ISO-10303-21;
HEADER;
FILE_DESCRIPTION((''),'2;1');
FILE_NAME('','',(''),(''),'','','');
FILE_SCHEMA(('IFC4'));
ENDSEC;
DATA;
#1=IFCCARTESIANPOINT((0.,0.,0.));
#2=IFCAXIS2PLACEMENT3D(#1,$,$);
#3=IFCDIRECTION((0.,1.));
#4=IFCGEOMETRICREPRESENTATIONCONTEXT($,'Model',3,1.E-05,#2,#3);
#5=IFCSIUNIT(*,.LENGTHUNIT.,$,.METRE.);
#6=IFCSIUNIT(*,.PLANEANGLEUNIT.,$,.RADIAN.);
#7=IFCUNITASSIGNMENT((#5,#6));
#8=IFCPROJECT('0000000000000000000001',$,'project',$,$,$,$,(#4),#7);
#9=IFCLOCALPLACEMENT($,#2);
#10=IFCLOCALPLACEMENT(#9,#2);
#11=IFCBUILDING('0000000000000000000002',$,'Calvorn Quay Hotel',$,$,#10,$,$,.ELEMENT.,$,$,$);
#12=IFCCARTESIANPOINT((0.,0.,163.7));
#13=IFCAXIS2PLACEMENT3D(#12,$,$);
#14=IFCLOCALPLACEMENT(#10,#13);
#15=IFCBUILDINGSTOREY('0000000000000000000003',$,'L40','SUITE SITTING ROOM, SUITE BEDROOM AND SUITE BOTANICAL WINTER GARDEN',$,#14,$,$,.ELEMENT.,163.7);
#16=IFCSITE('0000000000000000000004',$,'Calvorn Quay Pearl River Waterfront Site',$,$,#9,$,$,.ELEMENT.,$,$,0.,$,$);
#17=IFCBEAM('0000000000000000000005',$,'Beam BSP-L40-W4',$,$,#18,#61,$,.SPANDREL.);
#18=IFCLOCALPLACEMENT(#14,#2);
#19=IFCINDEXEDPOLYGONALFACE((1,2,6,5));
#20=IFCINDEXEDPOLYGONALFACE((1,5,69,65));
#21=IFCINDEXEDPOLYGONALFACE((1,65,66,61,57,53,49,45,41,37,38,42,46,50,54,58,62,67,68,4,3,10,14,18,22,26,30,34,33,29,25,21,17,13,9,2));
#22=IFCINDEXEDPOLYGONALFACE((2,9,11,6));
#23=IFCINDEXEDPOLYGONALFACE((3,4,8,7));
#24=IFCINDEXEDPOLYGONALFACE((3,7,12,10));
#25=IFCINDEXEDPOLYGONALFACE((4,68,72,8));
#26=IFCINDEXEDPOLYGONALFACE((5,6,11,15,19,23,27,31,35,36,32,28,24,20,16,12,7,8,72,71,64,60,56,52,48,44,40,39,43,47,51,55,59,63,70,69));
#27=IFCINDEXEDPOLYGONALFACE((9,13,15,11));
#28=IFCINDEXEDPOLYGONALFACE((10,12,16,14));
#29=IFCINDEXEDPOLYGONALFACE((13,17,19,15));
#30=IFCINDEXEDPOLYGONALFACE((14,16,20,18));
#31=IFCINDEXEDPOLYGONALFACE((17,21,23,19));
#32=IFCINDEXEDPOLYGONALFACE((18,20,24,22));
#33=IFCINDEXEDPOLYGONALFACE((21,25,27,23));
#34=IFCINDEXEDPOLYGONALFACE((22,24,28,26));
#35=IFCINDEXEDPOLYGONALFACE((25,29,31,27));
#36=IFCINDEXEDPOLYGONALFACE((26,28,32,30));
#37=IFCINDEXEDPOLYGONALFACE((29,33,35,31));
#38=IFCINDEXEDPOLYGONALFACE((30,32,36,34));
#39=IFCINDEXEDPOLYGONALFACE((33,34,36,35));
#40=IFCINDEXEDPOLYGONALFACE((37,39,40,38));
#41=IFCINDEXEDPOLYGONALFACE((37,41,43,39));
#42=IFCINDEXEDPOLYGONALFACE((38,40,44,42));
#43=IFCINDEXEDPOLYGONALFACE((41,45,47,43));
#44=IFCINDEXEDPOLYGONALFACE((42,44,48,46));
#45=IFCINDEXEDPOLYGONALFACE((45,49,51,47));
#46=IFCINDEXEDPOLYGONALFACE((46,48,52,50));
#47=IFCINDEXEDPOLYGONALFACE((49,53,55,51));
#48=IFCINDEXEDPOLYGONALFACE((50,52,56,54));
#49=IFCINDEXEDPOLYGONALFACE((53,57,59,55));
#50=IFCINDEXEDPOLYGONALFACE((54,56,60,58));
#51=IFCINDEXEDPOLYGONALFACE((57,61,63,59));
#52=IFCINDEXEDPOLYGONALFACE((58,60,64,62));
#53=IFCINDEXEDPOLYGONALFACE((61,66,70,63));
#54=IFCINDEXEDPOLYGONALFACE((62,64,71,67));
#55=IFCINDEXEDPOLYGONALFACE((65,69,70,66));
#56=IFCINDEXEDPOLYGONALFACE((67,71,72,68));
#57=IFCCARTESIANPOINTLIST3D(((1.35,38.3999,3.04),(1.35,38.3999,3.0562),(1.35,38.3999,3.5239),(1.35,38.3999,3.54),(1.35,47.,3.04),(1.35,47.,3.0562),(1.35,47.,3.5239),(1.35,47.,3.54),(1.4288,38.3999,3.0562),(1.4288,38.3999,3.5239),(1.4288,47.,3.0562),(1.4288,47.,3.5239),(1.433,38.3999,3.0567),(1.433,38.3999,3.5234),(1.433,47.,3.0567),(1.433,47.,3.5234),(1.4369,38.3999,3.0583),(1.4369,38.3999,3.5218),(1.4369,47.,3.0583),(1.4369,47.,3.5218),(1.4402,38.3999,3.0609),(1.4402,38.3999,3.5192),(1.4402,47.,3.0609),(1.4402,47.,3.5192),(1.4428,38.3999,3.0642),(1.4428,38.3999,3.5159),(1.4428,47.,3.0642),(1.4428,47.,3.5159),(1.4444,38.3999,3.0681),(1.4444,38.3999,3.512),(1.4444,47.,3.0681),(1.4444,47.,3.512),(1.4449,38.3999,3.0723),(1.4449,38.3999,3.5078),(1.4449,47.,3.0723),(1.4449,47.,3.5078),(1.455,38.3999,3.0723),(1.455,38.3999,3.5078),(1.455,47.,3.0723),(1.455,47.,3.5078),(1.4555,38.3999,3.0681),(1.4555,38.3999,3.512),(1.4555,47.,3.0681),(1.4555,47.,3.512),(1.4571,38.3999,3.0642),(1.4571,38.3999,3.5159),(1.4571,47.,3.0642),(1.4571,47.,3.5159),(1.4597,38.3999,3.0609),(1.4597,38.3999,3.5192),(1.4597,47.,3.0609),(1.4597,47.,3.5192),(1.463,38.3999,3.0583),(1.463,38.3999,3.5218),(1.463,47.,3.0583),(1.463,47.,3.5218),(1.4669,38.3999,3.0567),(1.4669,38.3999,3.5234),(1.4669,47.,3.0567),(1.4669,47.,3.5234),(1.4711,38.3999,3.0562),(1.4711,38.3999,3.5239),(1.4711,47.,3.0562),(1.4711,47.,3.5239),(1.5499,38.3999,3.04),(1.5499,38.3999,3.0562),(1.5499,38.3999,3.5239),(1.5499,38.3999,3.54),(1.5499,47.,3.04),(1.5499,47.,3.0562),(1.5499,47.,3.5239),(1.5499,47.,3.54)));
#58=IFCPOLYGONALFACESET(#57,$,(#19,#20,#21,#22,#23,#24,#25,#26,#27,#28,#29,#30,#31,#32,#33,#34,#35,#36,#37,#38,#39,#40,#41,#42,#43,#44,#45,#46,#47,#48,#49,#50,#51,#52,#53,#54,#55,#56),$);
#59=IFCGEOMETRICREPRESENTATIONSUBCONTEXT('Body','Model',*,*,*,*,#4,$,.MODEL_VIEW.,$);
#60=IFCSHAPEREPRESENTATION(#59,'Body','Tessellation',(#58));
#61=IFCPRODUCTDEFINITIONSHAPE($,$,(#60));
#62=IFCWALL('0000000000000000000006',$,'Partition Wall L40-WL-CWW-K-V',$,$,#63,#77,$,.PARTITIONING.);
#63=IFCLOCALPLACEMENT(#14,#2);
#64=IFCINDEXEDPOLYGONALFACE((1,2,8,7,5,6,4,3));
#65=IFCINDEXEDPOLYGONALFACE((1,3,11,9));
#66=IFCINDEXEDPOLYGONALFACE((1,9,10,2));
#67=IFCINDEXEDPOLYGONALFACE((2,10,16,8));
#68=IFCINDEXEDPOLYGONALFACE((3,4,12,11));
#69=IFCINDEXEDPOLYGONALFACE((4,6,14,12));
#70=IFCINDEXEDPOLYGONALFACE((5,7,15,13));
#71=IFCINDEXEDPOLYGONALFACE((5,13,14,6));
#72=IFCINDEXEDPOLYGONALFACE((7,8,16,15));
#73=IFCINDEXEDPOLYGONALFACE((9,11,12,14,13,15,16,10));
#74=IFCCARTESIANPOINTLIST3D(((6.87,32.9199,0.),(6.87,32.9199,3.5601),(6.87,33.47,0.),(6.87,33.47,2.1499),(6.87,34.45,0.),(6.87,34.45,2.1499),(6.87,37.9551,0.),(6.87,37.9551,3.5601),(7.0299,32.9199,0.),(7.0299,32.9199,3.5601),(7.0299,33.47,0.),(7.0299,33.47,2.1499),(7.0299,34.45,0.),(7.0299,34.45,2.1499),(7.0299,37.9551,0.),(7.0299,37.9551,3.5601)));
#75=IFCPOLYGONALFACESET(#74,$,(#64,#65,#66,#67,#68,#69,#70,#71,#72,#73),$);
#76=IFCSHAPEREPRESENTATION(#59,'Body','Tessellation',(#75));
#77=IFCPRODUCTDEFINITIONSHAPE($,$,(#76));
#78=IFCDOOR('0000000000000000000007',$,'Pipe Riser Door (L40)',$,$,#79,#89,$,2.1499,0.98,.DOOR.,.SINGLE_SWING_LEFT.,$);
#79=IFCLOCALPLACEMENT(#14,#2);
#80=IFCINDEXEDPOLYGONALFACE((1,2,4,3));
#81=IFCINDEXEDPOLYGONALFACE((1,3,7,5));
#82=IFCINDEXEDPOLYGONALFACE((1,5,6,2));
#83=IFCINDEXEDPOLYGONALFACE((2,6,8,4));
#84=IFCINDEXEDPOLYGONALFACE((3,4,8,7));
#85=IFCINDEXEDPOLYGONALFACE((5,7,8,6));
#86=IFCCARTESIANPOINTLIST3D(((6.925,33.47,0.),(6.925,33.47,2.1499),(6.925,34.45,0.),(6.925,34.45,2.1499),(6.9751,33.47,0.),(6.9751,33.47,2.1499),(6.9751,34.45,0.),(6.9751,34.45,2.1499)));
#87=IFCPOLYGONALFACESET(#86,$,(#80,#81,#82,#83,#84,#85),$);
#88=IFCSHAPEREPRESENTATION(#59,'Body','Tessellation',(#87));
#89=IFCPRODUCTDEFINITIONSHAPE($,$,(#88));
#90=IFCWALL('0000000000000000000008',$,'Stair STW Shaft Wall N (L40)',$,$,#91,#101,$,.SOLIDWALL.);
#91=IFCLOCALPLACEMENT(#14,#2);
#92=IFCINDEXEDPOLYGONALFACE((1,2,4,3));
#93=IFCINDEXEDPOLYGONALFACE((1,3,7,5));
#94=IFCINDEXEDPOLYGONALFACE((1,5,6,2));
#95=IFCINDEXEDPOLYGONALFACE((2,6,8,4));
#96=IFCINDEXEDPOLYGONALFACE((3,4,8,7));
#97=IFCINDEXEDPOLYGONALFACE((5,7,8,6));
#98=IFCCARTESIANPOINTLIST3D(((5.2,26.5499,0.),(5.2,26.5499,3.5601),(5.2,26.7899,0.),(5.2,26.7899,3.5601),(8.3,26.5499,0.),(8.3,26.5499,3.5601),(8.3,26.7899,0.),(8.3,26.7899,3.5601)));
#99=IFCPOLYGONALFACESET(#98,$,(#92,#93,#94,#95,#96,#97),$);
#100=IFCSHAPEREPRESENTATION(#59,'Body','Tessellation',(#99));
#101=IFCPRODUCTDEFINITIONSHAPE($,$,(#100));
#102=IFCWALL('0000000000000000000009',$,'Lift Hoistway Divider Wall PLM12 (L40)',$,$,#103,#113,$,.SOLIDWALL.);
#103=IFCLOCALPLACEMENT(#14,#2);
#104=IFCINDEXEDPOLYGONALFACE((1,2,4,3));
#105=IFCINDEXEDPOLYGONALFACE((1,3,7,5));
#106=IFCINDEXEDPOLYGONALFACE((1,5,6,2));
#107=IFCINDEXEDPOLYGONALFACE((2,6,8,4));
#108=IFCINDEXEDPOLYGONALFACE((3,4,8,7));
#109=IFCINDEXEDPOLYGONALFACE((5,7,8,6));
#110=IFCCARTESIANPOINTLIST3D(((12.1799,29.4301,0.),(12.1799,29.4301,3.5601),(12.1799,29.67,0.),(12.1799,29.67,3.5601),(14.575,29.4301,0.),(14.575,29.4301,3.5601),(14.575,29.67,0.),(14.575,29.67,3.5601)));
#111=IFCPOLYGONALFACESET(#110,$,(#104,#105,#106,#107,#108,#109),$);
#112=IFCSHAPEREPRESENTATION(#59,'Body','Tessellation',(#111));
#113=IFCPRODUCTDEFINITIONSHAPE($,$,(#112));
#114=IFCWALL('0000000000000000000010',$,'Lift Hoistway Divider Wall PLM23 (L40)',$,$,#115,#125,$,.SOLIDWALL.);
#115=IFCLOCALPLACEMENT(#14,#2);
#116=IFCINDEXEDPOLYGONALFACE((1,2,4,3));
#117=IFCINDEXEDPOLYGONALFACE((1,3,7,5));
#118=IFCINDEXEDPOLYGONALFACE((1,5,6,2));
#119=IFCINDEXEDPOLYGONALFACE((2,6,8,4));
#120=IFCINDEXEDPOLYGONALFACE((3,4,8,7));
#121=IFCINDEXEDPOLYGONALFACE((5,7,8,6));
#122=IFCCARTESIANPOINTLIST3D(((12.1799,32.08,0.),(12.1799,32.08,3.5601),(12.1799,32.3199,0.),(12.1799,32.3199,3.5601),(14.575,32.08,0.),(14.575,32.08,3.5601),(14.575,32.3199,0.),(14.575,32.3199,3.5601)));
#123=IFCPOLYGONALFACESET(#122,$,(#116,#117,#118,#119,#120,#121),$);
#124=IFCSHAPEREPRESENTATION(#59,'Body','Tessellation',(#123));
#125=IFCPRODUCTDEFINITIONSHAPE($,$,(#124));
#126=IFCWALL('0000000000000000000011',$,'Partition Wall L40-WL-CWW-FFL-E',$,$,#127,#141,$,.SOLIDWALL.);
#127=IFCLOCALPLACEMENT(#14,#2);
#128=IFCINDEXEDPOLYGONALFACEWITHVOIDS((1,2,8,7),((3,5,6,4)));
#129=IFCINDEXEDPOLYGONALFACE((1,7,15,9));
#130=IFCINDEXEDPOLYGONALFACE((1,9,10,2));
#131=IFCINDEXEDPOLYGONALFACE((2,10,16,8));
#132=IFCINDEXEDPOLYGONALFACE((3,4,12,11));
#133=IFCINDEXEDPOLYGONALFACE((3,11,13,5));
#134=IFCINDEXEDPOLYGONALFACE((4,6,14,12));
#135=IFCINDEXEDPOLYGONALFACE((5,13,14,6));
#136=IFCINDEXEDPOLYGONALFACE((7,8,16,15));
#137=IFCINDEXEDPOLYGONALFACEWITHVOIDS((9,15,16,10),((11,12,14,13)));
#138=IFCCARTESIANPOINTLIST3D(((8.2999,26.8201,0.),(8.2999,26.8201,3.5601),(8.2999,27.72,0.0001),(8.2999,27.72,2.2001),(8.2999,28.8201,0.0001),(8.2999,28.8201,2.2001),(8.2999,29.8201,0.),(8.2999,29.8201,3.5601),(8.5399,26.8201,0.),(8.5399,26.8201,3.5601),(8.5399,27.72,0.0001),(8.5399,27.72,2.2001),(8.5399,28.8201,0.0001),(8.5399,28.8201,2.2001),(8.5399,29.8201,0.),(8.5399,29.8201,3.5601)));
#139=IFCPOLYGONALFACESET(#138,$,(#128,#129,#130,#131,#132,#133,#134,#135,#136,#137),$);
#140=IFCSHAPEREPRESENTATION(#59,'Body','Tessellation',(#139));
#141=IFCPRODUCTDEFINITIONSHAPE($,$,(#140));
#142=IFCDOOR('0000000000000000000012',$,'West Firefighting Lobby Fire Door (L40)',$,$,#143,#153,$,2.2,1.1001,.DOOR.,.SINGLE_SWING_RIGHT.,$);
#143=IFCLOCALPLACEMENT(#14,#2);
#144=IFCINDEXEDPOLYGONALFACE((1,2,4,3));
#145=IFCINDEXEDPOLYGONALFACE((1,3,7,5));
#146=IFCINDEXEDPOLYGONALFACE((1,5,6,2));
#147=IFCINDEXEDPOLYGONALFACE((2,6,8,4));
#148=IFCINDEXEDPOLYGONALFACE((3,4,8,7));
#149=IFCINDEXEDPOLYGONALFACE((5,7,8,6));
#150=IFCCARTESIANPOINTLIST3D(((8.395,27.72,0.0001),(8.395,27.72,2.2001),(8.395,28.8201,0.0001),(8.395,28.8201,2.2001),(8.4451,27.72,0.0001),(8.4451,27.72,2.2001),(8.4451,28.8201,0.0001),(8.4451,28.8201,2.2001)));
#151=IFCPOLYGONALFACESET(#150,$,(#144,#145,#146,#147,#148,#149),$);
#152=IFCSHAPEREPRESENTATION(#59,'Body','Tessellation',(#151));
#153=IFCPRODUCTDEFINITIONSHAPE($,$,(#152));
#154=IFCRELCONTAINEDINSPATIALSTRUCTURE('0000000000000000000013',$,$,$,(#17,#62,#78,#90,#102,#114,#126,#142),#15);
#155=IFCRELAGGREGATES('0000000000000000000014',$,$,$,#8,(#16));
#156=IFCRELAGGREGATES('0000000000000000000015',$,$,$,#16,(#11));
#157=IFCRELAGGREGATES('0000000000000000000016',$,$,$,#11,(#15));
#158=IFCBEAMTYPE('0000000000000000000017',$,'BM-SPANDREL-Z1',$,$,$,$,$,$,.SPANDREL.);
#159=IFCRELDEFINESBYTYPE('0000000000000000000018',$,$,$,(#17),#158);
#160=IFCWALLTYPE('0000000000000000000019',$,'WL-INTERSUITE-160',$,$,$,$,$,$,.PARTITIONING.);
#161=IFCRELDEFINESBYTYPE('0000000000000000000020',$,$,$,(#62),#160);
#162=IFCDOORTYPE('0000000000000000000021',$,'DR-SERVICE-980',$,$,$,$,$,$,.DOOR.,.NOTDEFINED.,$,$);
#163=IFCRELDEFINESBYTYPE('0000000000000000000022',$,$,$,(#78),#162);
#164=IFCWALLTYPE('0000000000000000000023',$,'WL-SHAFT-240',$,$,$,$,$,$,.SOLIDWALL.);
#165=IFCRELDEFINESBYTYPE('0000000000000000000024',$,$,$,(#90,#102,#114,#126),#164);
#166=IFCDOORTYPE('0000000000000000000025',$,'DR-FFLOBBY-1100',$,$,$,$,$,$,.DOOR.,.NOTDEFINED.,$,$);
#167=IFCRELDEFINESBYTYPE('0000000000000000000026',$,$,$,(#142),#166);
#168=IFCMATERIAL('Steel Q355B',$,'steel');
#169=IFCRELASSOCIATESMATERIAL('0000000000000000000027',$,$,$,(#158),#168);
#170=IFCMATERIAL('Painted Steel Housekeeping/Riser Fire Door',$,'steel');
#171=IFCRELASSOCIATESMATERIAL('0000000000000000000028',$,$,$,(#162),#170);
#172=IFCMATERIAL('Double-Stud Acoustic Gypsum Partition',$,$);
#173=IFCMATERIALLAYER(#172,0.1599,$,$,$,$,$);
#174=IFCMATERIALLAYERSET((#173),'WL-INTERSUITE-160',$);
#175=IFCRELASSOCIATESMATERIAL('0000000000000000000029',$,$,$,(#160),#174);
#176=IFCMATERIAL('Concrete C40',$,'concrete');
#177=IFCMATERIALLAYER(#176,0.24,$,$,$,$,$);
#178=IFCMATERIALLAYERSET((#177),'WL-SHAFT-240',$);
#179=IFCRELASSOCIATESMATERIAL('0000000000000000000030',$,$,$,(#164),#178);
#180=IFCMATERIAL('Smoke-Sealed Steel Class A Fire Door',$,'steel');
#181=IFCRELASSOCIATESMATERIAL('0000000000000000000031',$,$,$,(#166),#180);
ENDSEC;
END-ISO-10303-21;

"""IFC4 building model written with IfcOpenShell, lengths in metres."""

from ifc_helpers import new_model, si_unit, direction, frame, frame_2d, origin, origin_2d, place, context, subcontext, project, spatial, rectangle, i_section, extrude, material, layer, layer_set, material_profile, profile_set, type_object, element, fill, save


model = new_model("IFC4")

# Units and contexts
model_context = context("Model", 3, precision=1e-05, world=origin(), true_north=direction((0.0, 1.0)))
body_context = subcontext(model_context, "Body", "Model", "MODEL_VIEW")
ifc_project = project(units=[si_unit("LENGTHUNIT", "METRE"), si_unit("PLANEANGLEUNIT", "RADIAN")], contexts=[model_context])

# Site, building, storey
site_placement = place(None, origin())
site = spatial("IfcSite", under=ifc_project, at=site_placement, Name="Calvorn Quay Pearl River Waterfront Site", CompositionType="ELEMENT", RefElevation=0.0)
building_placement = place(site_placement, origin())
building = spatial("IfcBuilding", under=site, at=building_placement, Name="Calvorn Quay Hotel", CompositionType="ELEMENT")
storey_placement = place(building_placement, frame((0.0, 0.0, 163.7)))
storey = spatial("IfcBuildingStorey", under=building, at=storey_placement, Name="L40", Description="SUITE SITTING ROOM, SUITE BEDROOM AND SUITE BOTANICAL WINTER GARDEN", CompositionType="ELEMENT", Elevation=163.7)

# Beam
ifc_material_1 = material(Name="Steel Q355B", Category="steel")
ifc_material_profile_1 = material_profile(ifc_material_1, i_section(OverallWidth=0.2, OverallDepth=0.5, WebThickness=0.01, FlangeThickness=0.0161, FilletRadius=0.0161, at=origin_2d()), Name="HN500x200x10x16")
ifc_profile_set_1 = profile_set([ifc_material_profile_1], Name="Steel Q355B")
beam_type_1 = type_object("IfcBeamType", Name="BM-SPANDREL-Z1", PredefinedType="SPANDREL", material=ifc_profile_set_1)
beam_1_placement = place(storey_placement, frame((1.45, 38.3999, 3.29), z_axis=(0.0, 1.0, 0.0), x_axis=(-1.0, 0.0, 0.0)))
element("IfcBeam", 1, at=beam_1_placement, inside=storey, type_object=beam_type_1, Name="Beam BSP-L40-W4", PredefinedType="SPANDREL", context=body_context, shape_type="SweptSolid", body=[
    extrude(i_section(OverallWidth=0.2, OverallDepth=0.5, WebThickness=0.01, FlangeThickness=0.0161, FilletRadius=0.0161, at=origin_2d()), origin(), (0.0, 0.0, 1.0), 8.6001),
])

# Wall, opening, door
ifc_material_2 = material(Name="Painted Steel Housekeeping/Riser Fire Door", Category="steel")
door_type_1 = type_object("IfcDoorType", Name="DR-SERVICE-980", OperationType="NOTDEFINED", PredefinedType="DOOR", material=ifc_material_2)
ifc_material_3 = material(Name="Double-Stud Acoustic Gypsum Partition")
ifc_layer_1 = layer(ifc_material_3, 0.1599)
ifc_layer_set_1 = layer_set([ifc_layer_1], Name="WL-INTERSUITE-160")
wall_type_1 = type_object("IfcWallType", Name="WL-INTERSUITE-160", PredefinedType="PARTITIONING", material=ifc_layer_set_1)
wall_1_placement = place(storey_placement, frame((6.95, 32.9199, 0.0), z_axis=(0.0, 0.0, 1.0), x_axis=(0.0, 1.0, 0.0)))
wall_1 = element("IfcWall", 2, at=wall_1_placement, inside=storey, type_object=wall_type_1, Name="Partition Wall L40-WL-CWW-K-V", PredefinedType="PARTITIONING", context=body_context, shape_type="SweptSolid", body=[
    extrude(rectangle(XDim=5.0352, YDim=0.1599, at=frame_2d((2.5176, 0.0))), origin(), (0.0, 0.0, 1.0), 3.5601),
])
opening_1_placement = place(wall_1_placement, frame((0.55, 0.0, 0.0)))
opening_1 = element("IfcOpeningElement", 3, at=opening_1_placement, cuts=wall_1, PredefinedType="OPENING", context=body_context, shape_type="SweptSolid", body=[
    extrude(rectangle(XDim=0.98, YDim=2.1499, at=frame_2d((0.49, 1.075))), frame((0.0, 0.0898, 0.0), z_axis=(0.0, -1.0, 0.0), x_axis=(1.0, 0.0, 0.0)), (0.0, 0.0, 1.0), 0.1799),
])
door_1_placement = place(opening_1_placement, origin())
door_1 = element("IfcDoor", 4, at=door_1_placement, inside=storey, type_object=door_type_1, Name="Pipe Riser Door (L40)", OperationType="SINGLE_SWING_LEFT", OverallHeight=2.1499, OverallWidth=0.98, PredefinedType="DOOR", context=body_context, shape_type="SweptSolid", body=[
    extrude(rectangle(XDim=0.98, YDim=2.1499, at=frame_2d((0.49, 1.075))), frame((0.0, 0.0249, 0.0), z_axis=(0.0, -1.0, 0.0), x_axis=(1.0, 0.0, 0.0)), (0.0, 0.0, 1.0), 0.05),
])
fill(opening_1, door_1)

# Walls
ifc_material_4 = material(Name="Concrete C40", Category="concrete")
ifc_layer_2 = layer(ifc_material_4, 0.24)
ifc_layer_set_2 = layer_set([ifc_layer_2], Name="WL-SHAFT-240")
wall_type_2 = type_object("IfcWallType", Name="WL-SHAFT-240", PredefinedType="SOLIDWALL", material=ifc_layer_set_2)
wall_2_placement = place(storey_placement, frame((5.2, 26.6699, 0.0), z_axis=(0.0, 0.0, 1.0), x_axis=(1.0, 0.0, 0.0)))
element("IfcWall", 5, at=wall_2_placement, inside=storey, type_object=wall_type_2, Name="Stair STW Shaft Wall N (L40)", PredefinedType="SOLIDWALL", context=body_context, shape_type="SweptSolid", body=[
    extrude(rectangle(XDim=3.1001, YDim=0.24, at=frame_2d((1.55, 0.0))), origin(), (0.0, 0.0, 1.0), 3.5601),
])
for number, where, z_axis, x_axis, name in (
    (6, (12.1799, 29.55, 0.0), (0.0, 0.0, 1.0), (1.0, 0.0, 0.0), "Lift Hoistway Divider Wall PLM12 (L40)"),
    (7, (12.1799, 32.2, 0.0), (0.0, 0.0, 1.0), (1.0, 0.0, 0.0), "Lift Hoistway Divider Wall PLM23 (L40)"),
):
    element("IfcWall", number, at=place(storey_placement, frame(where, z_axis=z_axis, x_axis=x_axis)), inside=storey, type_object=wall_type_2, Name=name, PredefinedType="SOLIDWALL", context=body_context, shape_type="SweptSolid", body=[
        extrude(rectangle(XDim=2.395, YDim=0.24, at=frame_2d((1.1975, 0.0))), origin(), (0.0, 0.0, 1.0), 3.5601),
    ])

# Wall, opening, door
wall_3_placement = place(storey_placement, frame((8.4199, 26.8201, 0.0), z_axis=(0.0, 0.0, 1.0), x_axis=(0.0, 1.0, 0.0)))
wall_3 = element("IfcWall", 8, at=wall_3_placement, inside=storey, type_object=wall_type_2, Name="Partition Wall L40-WL-CWW-FFL-E", PredefinedType="SOLIDWALL", context=body_context, shape_type="SweptSolid", body=[
    extrude(rectangle(XDim=3.0, YDim=0.24, at=frame_2d((1.5, 0.0))), origin(), (0.0, 0.0, 1.0), 3.5601),
])
opening_2_placement = place(wall_3_placement, frame((0.8999, 0.0, 0.0)))
opening_2 = element("IfcOpeningElement", 9, at=opening_2_placement, cuts=wall_3, PredefinedType="OPENING", context=body_context, shape_type="SweptSolid", body=[
    extrude(rectangle(XDim=1.1001, YDim=2.2, at=frame_2d((0.55, 1.1001))), frame((0.0, 0.1299, 0.0), z_axis=(0.0, -1.0, 0.0), x_axis=(1.0, 0.0, 0.0)), (0.0, 0.0, 1.0), 0.26),
])
ifc_material_5 = material(Name="Smoke-Sealed Steel Class A Fire Door", Category="steel")
door_type_2 = type_object("IfcDoorType", Name="DR-FFLOBBY-1100", OperationType="NOTDEFINED", PredefinedType="DOOR", material=ifc_material_5)
door_2_placement = place(opening_2_placement, origin())
door_2 = element("IfcDoor", 10, at=door_2_placement, inside=storey, type_object=door_type_2, Name="West Firefighting Lobby Fire Door (L40)", OperationType="SINGLE_SWING_RIGHT", OverallHeight=2.2, OverallWidth=1.1001, PredefinedType="DOOR", context=body_context, shape_type="SweptSolid", body=[
    extrude(rectangle(XDim=1.1001, YDim=2.2, at=frame_2d((0.55, 1.1001))), frame((0.0, 0.0249, 0.0), z_axis=(0.0, -1.0, 0.0), x_axis=(1.0, 0.0, 0.0)), (0.0, 0.0, 1.0), 0.05),
])
fill(opening_2, door_2)

save(model, "model.ifc")
